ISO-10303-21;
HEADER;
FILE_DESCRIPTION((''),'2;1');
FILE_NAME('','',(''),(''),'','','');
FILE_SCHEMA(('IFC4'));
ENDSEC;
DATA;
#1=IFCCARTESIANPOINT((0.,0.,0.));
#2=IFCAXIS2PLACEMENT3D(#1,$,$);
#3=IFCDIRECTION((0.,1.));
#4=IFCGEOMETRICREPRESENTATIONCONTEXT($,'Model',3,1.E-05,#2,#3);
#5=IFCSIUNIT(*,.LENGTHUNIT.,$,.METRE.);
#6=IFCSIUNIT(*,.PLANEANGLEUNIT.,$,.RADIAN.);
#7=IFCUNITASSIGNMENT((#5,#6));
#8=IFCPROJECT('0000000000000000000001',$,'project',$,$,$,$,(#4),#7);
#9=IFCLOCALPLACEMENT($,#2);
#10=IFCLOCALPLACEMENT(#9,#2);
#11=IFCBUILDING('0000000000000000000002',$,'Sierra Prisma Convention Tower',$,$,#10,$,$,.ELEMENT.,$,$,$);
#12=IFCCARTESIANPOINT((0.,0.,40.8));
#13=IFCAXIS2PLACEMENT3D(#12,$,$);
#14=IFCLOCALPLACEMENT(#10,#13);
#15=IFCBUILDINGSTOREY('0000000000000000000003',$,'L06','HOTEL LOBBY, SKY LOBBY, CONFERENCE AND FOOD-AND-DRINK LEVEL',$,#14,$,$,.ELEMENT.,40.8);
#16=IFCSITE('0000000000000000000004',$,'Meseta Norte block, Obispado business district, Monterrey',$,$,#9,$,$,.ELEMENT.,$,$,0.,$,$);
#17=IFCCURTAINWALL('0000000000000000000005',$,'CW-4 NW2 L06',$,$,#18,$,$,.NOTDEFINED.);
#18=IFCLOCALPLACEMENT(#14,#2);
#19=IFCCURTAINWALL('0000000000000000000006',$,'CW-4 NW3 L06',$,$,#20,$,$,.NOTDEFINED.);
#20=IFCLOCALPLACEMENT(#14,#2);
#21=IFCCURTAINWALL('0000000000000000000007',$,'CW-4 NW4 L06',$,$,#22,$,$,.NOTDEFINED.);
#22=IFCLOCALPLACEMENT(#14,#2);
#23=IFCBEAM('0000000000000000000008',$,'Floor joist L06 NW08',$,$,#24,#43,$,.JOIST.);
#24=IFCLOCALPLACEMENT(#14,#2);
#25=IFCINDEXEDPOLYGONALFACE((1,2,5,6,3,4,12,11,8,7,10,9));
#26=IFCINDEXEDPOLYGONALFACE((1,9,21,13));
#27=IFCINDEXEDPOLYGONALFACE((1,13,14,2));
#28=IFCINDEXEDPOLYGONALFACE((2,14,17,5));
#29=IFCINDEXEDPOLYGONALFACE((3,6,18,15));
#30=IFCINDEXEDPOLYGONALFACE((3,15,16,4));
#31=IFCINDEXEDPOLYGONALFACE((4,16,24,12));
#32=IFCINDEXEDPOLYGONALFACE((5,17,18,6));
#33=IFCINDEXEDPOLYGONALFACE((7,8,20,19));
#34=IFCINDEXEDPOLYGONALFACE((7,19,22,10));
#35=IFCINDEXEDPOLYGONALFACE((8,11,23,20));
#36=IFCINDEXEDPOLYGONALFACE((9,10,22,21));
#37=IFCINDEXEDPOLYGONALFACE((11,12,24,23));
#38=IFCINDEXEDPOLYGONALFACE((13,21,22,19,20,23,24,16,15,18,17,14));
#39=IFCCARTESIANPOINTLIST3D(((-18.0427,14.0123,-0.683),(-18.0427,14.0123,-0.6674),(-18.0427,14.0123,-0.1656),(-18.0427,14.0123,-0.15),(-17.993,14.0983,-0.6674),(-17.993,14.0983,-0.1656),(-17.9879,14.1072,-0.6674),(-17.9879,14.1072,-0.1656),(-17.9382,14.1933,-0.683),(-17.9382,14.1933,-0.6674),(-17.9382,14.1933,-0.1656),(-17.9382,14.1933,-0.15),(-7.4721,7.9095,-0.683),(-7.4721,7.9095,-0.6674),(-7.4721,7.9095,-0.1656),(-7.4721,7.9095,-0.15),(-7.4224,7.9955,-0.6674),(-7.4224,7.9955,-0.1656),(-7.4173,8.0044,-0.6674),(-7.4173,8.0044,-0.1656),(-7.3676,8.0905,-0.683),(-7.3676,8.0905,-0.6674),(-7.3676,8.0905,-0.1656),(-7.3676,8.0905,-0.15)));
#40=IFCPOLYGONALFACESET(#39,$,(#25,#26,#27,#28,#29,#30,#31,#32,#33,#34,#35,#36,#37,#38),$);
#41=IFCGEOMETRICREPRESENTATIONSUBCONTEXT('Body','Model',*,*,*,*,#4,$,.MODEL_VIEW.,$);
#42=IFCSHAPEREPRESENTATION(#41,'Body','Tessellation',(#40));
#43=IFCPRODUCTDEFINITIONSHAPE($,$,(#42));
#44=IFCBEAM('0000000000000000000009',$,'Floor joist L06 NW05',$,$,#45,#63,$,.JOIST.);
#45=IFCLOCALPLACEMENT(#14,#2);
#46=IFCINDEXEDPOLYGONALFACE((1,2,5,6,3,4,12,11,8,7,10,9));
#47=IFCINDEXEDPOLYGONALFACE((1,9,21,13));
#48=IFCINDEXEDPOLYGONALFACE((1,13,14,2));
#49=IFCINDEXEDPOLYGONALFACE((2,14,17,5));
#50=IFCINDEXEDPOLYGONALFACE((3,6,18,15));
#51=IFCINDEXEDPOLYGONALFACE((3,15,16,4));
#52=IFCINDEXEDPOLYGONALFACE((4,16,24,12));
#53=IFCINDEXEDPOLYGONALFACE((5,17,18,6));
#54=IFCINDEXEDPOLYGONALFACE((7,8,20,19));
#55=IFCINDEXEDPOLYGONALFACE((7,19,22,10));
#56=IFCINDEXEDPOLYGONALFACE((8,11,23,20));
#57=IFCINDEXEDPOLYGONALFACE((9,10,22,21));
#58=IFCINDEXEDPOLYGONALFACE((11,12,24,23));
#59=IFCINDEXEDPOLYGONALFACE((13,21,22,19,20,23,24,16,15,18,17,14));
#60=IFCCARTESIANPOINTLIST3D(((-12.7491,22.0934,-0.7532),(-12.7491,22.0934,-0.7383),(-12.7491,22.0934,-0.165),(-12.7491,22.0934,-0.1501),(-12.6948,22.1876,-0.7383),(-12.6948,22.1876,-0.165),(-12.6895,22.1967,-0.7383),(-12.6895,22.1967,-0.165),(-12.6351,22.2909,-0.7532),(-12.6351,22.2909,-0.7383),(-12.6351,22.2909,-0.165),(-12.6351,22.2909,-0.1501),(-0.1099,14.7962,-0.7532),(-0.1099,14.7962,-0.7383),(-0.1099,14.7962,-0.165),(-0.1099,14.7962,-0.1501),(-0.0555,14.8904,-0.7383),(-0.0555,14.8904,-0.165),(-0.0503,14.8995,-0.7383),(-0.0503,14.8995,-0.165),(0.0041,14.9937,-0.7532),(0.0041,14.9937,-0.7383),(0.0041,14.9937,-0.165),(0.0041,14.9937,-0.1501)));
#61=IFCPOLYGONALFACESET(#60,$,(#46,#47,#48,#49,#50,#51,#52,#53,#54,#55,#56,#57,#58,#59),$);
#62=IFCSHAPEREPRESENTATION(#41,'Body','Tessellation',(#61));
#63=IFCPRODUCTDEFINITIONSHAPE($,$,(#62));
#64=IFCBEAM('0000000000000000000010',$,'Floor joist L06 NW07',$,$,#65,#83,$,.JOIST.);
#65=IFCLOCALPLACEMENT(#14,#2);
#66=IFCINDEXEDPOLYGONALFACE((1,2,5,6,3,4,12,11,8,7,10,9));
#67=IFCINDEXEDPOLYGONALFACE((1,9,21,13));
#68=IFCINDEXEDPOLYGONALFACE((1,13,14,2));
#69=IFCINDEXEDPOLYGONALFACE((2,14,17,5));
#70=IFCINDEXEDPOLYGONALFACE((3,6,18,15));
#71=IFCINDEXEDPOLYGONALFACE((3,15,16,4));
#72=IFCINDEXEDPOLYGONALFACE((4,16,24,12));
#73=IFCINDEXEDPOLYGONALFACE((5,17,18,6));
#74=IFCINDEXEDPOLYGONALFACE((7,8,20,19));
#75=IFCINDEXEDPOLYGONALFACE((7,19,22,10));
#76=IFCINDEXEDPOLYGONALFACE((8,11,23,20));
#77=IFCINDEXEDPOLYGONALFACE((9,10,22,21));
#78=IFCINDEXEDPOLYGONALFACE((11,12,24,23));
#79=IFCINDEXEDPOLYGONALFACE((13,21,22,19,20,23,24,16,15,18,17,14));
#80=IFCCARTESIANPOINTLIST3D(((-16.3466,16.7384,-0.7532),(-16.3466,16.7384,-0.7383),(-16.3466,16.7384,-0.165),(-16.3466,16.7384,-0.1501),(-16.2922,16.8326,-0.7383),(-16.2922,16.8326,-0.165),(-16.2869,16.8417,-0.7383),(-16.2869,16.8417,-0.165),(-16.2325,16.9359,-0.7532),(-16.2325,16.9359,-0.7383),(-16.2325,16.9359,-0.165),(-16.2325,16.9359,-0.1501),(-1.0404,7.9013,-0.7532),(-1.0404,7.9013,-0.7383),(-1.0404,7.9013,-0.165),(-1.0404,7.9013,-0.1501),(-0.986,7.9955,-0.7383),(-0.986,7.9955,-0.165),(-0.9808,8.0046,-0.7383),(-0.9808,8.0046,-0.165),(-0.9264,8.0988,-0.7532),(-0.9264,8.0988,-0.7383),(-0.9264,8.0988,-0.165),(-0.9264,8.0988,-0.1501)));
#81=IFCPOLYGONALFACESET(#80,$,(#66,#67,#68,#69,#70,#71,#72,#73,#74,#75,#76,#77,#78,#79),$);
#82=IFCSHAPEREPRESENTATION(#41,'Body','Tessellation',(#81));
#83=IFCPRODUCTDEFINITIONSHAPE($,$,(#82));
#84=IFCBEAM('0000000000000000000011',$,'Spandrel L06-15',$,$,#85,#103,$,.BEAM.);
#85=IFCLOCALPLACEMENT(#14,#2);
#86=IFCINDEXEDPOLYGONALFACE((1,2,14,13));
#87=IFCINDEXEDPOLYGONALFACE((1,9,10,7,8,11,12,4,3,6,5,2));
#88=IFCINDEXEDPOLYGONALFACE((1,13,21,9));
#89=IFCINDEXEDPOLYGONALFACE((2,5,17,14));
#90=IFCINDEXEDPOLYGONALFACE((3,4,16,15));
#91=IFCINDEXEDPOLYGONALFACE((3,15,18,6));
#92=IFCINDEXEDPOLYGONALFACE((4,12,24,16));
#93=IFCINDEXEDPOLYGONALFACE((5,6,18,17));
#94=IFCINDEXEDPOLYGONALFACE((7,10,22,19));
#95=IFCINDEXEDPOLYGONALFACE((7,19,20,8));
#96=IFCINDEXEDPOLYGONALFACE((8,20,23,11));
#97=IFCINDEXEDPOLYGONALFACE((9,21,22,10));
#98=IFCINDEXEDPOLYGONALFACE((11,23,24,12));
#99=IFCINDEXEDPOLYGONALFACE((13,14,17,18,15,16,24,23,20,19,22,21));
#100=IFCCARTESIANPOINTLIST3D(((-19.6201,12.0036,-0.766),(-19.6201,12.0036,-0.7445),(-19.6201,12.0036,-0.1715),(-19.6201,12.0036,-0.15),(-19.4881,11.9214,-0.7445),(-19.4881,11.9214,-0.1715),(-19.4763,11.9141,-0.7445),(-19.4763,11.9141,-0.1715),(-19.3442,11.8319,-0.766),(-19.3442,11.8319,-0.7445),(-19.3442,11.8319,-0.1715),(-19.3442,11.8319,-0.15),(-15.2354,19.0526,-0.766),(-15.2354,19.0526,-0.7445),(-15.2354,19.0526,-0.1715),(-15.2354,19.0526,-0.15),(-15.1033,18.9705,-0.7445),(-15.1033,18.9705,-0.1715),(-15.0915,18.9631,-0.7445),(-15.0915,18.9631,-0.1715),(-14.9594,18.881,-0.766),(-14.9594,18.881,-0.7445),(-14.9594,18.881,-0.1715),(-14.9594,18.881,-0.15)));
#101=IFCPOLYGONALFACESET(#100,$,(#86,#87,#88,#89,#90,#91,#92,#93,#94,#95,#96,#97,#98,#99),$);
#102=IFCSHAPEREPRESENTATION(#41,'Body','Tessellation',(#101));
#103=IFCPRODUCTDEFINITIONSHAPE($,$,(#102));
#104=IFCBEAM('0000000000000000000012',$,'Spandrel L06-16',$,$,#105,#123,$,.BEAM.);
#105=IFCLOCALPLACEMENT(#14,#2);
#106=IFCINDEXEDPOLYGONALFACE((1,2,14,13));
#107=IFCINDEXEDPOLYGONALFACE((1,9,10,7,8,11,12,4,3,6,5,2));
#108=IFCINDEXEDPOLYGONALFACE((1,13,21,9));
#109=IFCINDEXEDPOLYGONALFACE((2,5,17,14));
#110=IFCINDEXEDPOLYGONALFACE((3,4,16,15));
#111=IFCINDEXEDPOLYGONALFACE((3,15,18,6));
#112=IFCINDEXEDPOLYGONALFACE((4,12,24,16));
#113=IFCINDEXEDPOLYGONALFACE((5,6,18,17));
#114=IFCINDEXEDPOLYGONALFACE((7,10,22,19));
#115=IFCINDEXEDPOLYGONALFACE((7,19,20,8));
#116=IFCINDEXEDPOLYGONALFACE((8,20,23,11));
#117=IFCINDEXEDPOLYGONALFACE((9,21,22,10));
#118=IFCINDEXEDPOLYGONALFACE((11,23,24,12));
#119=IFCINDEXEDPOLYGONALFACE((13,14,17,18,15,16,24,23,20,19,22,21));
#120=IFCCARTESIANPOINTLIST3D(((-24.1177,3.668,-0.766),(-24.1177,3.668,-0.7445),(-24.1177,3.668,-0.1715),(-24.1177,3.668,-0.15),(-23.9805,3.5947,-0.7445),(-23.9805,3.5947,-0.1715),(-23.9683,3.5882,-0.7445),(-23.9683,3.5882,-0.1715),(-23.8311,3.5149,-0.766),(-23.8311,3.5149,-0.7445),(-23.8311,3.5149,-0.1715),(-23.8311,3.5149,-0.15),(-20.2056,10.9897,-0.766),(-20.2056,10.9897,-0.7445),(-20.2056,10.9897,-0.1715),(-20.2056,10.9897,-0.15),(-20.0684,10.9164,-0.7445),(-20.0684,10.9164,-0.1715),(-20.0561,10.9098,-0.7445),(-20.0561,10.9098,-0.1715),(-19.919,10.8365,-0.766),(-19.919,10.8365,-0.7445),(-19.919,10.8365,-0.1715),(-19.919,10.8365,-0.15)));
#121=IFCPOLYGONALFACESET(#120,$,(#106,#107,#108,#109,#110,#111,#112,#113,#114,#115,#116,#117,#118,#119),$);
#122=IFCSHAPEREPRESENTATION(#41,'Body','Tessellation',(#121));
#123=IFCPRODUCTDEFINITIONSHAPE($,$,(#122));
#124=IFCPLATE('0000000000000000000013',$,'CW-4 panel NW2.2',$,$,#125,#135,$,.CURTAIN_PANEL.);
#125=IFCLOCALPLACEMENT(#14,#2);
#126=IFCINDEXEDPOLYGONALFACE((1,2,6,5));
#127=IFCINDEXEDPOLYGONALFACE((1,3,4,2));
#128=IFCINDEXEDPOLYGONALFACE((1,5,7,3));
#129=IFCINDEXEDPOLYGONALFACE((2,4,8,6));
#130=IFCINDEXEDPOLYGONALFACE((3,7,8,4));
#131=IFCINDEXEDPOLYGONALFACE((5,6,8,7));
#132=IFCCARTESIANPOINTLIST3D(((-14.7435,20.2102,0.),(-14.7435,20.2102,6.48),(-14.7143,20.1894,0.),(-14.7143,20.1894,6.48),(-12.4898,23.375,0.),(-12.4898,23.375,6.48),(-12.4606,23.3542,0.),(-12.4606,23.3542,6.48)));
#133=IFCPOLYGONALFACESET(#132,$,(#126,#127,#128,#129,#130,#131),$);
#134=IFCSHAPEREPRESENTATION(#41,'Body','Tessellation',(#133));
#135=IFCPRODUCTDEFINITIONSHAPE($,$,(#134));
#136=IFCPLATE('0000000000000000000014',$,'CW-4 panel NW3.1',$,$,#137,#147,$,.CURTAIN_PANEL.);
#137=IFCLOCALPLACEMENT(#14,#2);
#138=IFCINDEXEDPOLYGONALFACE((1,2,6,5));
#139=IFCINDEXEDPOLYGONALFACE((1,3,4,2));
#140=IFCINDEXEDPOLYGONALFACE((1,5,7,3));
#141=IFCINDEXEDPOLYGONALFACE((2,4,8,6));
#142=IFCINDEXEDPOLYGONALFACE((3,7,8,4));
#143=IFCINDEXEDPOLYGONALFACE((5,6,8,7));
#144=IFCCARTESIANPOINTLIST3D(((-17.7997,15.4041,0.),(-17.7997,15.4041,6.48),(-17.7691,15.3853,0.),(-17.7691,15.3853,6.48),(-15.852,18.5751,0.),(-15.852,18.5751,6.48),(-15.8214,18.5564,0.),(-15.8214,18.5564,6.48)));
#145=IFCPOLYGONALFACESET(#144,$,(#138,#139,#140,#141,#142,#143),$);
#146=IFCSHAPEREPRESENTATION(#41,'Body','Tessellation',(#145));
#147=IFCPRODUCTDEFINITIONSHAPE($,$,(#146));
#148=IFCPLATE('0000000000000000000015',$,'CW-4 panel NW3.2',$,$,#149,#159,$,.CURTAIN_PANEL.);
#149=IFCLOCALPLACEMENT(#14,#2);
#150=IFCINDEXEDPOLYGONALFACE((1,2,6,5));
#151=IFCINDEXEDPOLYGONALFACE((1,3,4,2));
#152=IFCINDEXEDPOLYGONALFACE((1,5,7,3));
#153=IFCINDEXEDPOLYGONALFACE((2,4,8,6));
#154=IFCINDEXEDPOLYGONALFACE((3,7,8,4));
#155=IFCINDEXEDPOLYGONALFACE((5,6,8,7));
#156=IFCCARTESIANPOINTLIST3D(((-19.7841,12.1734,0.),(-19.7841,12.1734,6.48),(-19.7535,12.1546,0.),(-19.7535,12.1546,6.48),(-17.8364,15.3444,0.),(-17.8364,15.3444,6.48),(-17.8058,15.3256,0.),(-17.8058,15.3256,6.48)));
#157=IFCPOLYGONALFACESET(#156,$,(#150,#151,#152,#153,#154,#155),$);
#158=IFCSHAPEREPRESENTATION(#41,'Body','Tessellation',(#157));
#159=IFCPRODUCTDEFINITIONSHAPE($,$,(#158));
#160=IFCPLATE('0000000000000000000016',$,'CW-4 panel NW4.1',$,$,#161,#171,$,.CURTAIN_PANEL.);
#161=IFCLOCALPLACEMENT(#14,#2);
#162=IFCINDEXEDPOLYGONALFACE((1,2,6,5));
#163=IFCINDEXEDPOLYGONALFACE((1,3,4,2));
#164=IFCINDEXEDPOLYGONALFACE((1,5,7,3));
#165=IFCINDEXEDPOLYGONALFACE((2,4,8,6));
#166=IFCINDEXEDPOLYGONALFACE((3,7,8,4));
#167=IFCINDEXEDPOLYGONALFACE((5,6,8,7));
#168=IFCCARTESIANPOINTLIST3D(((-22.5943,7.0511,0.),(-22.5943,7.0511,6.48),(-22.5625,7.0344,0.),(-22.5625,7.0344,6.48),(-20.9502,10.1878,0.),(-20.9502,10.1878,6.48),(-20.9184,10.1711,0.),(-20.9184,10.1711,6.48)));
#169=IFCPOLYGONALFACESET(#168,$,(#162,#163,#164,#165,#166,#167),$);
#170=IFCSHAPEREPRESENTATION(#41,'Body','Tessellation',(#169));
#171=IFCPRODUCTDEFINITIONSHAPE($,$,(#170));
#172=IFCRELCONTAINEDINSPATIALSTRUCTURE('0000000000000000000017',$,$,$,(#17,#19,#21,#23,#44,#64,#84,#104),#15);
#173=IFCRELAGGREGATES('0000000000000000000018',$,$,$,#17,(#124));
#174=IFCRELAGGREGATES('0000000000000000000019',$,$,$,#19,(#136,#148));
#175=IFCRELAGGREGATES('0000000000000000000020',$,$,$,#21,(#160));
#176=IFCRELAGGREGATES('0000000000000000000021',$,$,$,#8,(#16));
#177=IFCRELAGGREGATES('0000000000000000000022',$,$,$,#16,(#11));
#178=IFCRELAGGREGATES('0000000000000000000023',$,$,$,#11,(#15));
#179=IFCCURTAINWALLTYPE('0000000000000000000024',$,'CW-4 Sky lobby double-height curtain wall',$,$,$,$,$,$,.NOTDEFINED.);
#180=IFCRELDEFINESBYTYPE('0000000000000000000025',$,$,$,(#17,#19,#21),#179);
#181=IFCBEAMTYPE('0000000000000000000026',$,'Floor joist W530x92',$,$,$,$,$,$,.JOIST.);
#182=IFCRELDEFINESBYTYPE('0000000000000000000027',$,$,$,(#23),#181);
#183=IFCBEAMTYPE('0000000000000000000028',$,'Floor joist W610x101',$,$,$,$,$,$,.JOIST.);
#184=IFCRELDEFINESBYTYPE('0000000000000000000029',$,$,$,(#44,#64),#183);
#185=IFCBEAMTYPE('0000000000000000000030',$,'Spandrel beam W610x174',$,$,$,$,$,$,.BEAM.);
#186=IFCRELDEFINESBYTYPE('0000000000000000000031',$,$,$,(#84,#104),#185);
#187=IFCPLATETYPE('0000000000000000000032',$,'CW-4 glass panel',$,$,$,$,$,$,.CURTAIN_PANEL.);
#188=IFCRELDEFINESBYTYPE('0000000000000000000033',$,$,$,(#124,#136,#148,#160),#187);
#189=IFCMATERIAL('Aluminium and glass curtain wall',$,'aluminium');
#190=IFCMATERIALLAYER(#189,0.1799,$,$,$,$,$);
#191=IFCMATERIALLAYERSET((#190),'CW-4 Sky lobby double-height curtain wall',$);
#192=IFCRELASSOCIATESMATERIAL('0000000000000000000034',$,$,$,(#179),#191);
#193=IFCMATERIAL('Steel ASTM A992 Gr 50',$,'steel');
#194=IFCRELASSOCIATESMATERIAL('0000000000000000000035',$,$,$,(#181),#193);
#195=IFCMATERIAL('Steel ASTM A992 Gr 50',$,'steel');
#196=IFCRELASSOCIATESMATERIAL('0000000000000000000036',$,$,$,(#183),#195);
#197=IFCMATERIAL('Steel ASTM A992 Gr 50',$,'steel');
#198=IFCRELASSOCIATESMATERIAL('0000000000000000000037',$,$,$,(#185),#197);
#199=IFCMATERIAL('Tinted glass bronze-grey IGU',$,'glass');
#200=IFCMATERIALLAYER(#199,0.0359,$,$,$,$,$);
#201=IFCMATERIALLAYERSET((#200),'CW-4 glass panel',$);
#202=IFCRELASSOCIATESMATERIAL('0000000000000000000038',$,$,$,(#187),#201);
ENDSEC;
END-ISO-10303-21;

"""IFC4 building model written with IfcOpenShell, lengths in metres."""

from ifc_helpers import new_model, si_unit, direction, frame, origin, origin_2d, place, context, subcontext, project, spatial, rectangle, i_section, extrude, material, layer, layer_set, material_profile, profile_set, type_object, element, aggregate, save


model = new_model("IFC4")

# Units and contexts
model_context = context("Model", 3, precision=1e-05, world=origin(), true_north=direction((0.0, 1.0)))
body_context = subcontext(model_context, "Body", "Model", "MODEL_VIEW")
ifc_project = project(units=[si_unit("LENGTHUNIT", "METRE"), si_unit("PLANEANGLEUNIT", "RADIAN")], contexts=[model_context])

# Site, building, storey
site_placement = place(None, origin())
site = spatial("IfcSite", under=ifc_project, at=site_placement, Name="Meseta Norte block, Obispado business district, Monterrey", CompositionType="ELEMENT", RefElevation=0.0)
building_placement = place(site_placement, origin())
building = spatial("IfcBuilding", under=site, at=building_placement, Name="Sierra Prisma Convention Tower", CompositionType="ELEMENT")
storey_placement = place(building_placement, frame((0.0, 0.0, 40.8)))
storey = spatial("IfcBuildingStorey", under=building, at=storey_placement, Name="L06", Description="HOTEL LOBBY, SKY LOBBY, CONFERENCE AND FOOD-AND-DRINK LEVEL", CompositionType="ELEMENT", Elevation=40.8)

# Curtain wall
ifc_material_1 = material(Name="Aluminium and glass curtain wall", Category="aluminium")
ifc_layer_1 = layer(ifc_material_1, 0.1799)
ifc_layer_set_1 = layer_set([ifc_layer_1], Name="CW-4 Sky lobby double-height curtain wall")
curtain_wall_type = type_object("IfcCurtainWallType", Name="CW-4 Sky lobby double-height curtain wall", PredefinedType="NOTDEFINED", material=ifc_layer_set_1)
curtain_wall_1_placement = place(storey_placement, origin())
curtain_wall_1 = element("IfcCurtainWall", 1, at=curtain_wall_1_placement, inside=storey, type_object=curtain_wall_type, Name="CW-4 NW2 L06", PredefinedType="NOTDEFINED")

# Curtain wall
curtain_wall_2_placement = place(storey_placement, origin())
curtain_wall_2 = element("IfcCurtainWall", 2, at=curtain_wall_2_placement, inside=storey, type_object=curtain_wall_type, Name="CW-4 NW3 L06", PredefinedType="NOTDEFINED")

# Curtain wall
curtain_wall_3_placement = place(storey_placement, origin())
curtain_wall_3 = element("IfcCurtainWall", 3, at=curtain_wall_3_placement, inside=storey, type_object=curtain_wall_type, Name="CW-4 NW4 L06", PredefinedType="NOTDEFINED")

# Beams
ifc_material_2 = material(Name="Steel ASTM A992 Gr 50", Category="steel")
ifc_material_profile_1 = material_profile(ifc_material_2, i_section(OverallWidth=0.209, OverallDepth=0.533, WebThickness=0.0103, FlangeThickness=0.0156, at=origin_2d()), Name="W530x92")
ifc_profile_set_1 = profile_set([ifc_material_profile_1], Name="Steel ASTM A992 Gr 50")
beam_type_1 = type_object("IfcBeamType", Name="Floor joist W530x92", PredefinedType="JOIST", material=ifc_profile_set_1)
beam_1_placement = place(storey_placement, frame((-17.9905, 14.1028, -0.4165), z_axis=(0.86603, -0.499992, 0.0), x_axis=(0.499992, 0.86603, 0.0)))
element("IfcBeam", 4, at=beam_1_placement, inside=storey, type_object=beam_type_1, Name="Floor joist L06 NW08", PredefinedType="JOIST", context=body_context, shape_type="SweptSolid", body=[
    extrude(i_section(OverallWidth=0.209, OverallDepth=0.533, WebThickness=0.0103, FlangeThickness=0.0156, at=origin_2d()), origin(), (0.0, 0.0, 1.0), 12.2058),
])
ifc_material_3 = material(Name="Steel ASTM A992 Gr 50", Category="steel")
ifc_material_profile_2 = material_profile(ifc_material_3, i_section(OverallWidth=0.228, OverallDepth=0.603, WebThickness=0.0105, FlangeThickness=0.0149, at=origin_2d()), Name="W610x101")
ifc_profile_set_2 = profile_set([ifc_material_profile_2], Name="Steel ASTM A992 Gr 50")
beam_type_2 = type_object("IfcBeamType", Name="Floor joist W610x101", PredefinedType="JOIST", material=ifc_profile_set_2)
beam_2_placement = place(storey_placement, frame((-12.6921, 22.1921, -0.4517), z_axis=(0.866028, -0.499995, 0.0), x_axis=(0.499995, 0.866028, 0.0)))
element("IfcBeam", 5, at=beam_2_placement, inside=storey, type_object=beam_type_2, Name="Floor joist L06 NW05", PredefinedType="JOIST", context=body_context, shape_type="SweptSolid", body=[
    extrude(i_section(OverallWidth=0.228, OverallDepth=0.603, WebThickness=0.0105, FlangeThickness=0.0149, at=origin_2d()), origin(), (0.0, 0.0, 1.0), 14.5945),
])
beam_3_placement = place(storey_placement, frame((-16.2896, 16.8372, -0.4517), z_axis=(0.866022, -0.500006, 0.0), x_axis=(0.500006, 0.866022, 0.0)))
element("IfcBeam", 6, at=beam_3_placement, inside=storey, type_object=beam_type_2, Name="Floor joist L06 NW07", PredefinedType="JOIST", context=body_context, shape_type="SweptSolid", body=[
    extrude(i_section(OverallWidth=0.228, OverallDepth=0.603, WebThickness=0.0105, FlangeThickness=0.0149, at=origin_2d()), origin(), (0.0, 0.0, 1.0), 17.6741),
])
ifc_material_4 = material(Name="Steel ASTM A992 Gr 50", Category="steel")
ifc_material_profile_3 = material_profile(ifc_material_4, i_section(OverallWidth=0.325, OverallDepth=0.616, WebThickness=0.0139, FlangeThickness=0.0215, at=origin_2d()), Name="W610x174")
ifc_profile_set_3 = profile_set([ifc_material_profile_3], Name="Steel ASTM A992 Gr 50")
beam_type_3 = type_object("IfcBeamType", Name="Spandrel beam W610x174", PredefinedType="BEAM", material=ifc_profile_set_3)
beam_4_placement = place(storey_placement, frame((-15.0974, 18.9668, -0.458), z_axis=(-0.528187, -0.849128, 0.0), x_axis=(0.849128, -0.528187, 0.0)))
element("IfcBeam", 7, at=beam_4_placement, inside=storey, type_object=beam_type_3, Name="Spandrel L06-15", PredefinedType="BEAM", context=body_context, shape_type="SweptSolid", body=[
    extrude(i_section(OverallWidth=0.325, OverallDepth=0.616, WebThickness=0.0139, FlangeThickness=0.0215, at=origin_2d()), origin(), (0.0, 0.0, 1.0), 8.3015),
])
beam_5_placement = place(storey_placement, frame((-20.0623, 10.9131, -0.458), z_axis=(-0.471272, -0.881988, 0.0), x_axis=(0.881988, -0.471272, 0.0)))
element("IfcBeam", 8, at=beam_5_placement, inside=storey, type_object=beam_type_3, Name="Spandrel L06-16", PredefinedType="BEAM", context=body_context, shape_type="SweptSolid", body=[
    extrude(i_section(OverallWidth=0.325, OverallDepth=0.616, WebThickness=0.0139, FlangeThickness=0.0215, at=origin_2d()), origin(), (0.0, 0.0, 1.0), 8.3013),
])

# Plates
ifc_material_5 = material(Name="Tinted glass bronze-grey IGU", Category="glass")
ifc_layer_2 = layer(ifc_material_5, 0.0359)
ifc_layer_set_2 = layer_set([ifc_layer_2], Name="CW-4 glass panel")
plate_type = type_object("IfcPlateType", Name="CW-4 glass panel", PredefinedType="CURTAIN_PANEL", material=ifc_layer_set_2)
plate_1_placement = place(storey_placement, frame((-13.6021, 21.7822, 0.0), z_axis=(0.0, 0.0, 1.0), x_axis=(-0.580072, -0.814566, 0.0)))
plate_1 = element("IfcPlate", 9, at=plate_1_placement, type_object=plate_type, Name="CW-4 panel NW2.2", PredefinedType="CURTAIN_PANEL", context=body_context, shape_type="SweptSolid", body=[
    extrude(rectangle(XDim=3.8853, YDim=0.0359, at=origin_2d()), origin(), (0.0, 0.0, 1.0), 6.48),
])
aggregate(curtain_wall_1, [plate_1])
plate_2_placement = place(storey_placement, frame((-16.8105, 16.9802, 0.0), z_axis=(0.0, 0.0, 1.0), x_axis=(-0.523371, -0.852105, 0.0)))
plate_2 = element("IfcPlate", 10, at=plate_2_placement, type_object=plate_type, Name="CW-4 panel NW3.1", PredefinedType="CURTAIN_PANEL", context=body_context, shape_type="SweptSolid", body=[
    extrude(rectangle(XDim=3.7214, YDim=0.0359, at=origin_2d()), origin(), (0.0, 0.0, 1.0), 6.48),
])
plate_3_placement = place(storey_placement, frame((-18.7949, 13.7495, 0.0), z_axis=(0.0, 0.0, 1.0), x_axis=(-0.523371, -0.852105, 0.0)))
plate_3 = element("IfcPlate", 11, at=plate_3_placement, type_object=plate_type, Name="CW-4 panel NW3.2", PredefinedType="CURTAIN_PANEL", context=body_context, shape_type="SweptSolid", body=[
    extrude(rectangle(XDim=3.7214, YDim=0.0359, at=origin_2d()), origin(), (0.0, 0.0, 1.0), 6.48),
])
aggregate(curtain_wall_2, [plate_2, plate_3])
plate_4_placement = place(storey_placement, frame((-21.7563, 8.6111, 0.0), z_axis=(0.0, 0.0, 1.0), x_axis=(-0.464251, -0.885704, 0.0)))
plate_4 = element("IfcPlate", 12, at=plate_4_placement, type_object=plate_type, Name="CW-4 panel NW4.1", PredefinedType="CURTAIN_PANEL", context=body_context, shape_type="SweptSolid", body=[
    extrude(rectangle(XDim=3.5415, YDim=0.0359, at=origin_2d()), origin(), (0.0, 0.0, 1.0), 6.48),
])
aggregate(curtain_wall_3, [plate_4])

save(model, "model.ifc")
